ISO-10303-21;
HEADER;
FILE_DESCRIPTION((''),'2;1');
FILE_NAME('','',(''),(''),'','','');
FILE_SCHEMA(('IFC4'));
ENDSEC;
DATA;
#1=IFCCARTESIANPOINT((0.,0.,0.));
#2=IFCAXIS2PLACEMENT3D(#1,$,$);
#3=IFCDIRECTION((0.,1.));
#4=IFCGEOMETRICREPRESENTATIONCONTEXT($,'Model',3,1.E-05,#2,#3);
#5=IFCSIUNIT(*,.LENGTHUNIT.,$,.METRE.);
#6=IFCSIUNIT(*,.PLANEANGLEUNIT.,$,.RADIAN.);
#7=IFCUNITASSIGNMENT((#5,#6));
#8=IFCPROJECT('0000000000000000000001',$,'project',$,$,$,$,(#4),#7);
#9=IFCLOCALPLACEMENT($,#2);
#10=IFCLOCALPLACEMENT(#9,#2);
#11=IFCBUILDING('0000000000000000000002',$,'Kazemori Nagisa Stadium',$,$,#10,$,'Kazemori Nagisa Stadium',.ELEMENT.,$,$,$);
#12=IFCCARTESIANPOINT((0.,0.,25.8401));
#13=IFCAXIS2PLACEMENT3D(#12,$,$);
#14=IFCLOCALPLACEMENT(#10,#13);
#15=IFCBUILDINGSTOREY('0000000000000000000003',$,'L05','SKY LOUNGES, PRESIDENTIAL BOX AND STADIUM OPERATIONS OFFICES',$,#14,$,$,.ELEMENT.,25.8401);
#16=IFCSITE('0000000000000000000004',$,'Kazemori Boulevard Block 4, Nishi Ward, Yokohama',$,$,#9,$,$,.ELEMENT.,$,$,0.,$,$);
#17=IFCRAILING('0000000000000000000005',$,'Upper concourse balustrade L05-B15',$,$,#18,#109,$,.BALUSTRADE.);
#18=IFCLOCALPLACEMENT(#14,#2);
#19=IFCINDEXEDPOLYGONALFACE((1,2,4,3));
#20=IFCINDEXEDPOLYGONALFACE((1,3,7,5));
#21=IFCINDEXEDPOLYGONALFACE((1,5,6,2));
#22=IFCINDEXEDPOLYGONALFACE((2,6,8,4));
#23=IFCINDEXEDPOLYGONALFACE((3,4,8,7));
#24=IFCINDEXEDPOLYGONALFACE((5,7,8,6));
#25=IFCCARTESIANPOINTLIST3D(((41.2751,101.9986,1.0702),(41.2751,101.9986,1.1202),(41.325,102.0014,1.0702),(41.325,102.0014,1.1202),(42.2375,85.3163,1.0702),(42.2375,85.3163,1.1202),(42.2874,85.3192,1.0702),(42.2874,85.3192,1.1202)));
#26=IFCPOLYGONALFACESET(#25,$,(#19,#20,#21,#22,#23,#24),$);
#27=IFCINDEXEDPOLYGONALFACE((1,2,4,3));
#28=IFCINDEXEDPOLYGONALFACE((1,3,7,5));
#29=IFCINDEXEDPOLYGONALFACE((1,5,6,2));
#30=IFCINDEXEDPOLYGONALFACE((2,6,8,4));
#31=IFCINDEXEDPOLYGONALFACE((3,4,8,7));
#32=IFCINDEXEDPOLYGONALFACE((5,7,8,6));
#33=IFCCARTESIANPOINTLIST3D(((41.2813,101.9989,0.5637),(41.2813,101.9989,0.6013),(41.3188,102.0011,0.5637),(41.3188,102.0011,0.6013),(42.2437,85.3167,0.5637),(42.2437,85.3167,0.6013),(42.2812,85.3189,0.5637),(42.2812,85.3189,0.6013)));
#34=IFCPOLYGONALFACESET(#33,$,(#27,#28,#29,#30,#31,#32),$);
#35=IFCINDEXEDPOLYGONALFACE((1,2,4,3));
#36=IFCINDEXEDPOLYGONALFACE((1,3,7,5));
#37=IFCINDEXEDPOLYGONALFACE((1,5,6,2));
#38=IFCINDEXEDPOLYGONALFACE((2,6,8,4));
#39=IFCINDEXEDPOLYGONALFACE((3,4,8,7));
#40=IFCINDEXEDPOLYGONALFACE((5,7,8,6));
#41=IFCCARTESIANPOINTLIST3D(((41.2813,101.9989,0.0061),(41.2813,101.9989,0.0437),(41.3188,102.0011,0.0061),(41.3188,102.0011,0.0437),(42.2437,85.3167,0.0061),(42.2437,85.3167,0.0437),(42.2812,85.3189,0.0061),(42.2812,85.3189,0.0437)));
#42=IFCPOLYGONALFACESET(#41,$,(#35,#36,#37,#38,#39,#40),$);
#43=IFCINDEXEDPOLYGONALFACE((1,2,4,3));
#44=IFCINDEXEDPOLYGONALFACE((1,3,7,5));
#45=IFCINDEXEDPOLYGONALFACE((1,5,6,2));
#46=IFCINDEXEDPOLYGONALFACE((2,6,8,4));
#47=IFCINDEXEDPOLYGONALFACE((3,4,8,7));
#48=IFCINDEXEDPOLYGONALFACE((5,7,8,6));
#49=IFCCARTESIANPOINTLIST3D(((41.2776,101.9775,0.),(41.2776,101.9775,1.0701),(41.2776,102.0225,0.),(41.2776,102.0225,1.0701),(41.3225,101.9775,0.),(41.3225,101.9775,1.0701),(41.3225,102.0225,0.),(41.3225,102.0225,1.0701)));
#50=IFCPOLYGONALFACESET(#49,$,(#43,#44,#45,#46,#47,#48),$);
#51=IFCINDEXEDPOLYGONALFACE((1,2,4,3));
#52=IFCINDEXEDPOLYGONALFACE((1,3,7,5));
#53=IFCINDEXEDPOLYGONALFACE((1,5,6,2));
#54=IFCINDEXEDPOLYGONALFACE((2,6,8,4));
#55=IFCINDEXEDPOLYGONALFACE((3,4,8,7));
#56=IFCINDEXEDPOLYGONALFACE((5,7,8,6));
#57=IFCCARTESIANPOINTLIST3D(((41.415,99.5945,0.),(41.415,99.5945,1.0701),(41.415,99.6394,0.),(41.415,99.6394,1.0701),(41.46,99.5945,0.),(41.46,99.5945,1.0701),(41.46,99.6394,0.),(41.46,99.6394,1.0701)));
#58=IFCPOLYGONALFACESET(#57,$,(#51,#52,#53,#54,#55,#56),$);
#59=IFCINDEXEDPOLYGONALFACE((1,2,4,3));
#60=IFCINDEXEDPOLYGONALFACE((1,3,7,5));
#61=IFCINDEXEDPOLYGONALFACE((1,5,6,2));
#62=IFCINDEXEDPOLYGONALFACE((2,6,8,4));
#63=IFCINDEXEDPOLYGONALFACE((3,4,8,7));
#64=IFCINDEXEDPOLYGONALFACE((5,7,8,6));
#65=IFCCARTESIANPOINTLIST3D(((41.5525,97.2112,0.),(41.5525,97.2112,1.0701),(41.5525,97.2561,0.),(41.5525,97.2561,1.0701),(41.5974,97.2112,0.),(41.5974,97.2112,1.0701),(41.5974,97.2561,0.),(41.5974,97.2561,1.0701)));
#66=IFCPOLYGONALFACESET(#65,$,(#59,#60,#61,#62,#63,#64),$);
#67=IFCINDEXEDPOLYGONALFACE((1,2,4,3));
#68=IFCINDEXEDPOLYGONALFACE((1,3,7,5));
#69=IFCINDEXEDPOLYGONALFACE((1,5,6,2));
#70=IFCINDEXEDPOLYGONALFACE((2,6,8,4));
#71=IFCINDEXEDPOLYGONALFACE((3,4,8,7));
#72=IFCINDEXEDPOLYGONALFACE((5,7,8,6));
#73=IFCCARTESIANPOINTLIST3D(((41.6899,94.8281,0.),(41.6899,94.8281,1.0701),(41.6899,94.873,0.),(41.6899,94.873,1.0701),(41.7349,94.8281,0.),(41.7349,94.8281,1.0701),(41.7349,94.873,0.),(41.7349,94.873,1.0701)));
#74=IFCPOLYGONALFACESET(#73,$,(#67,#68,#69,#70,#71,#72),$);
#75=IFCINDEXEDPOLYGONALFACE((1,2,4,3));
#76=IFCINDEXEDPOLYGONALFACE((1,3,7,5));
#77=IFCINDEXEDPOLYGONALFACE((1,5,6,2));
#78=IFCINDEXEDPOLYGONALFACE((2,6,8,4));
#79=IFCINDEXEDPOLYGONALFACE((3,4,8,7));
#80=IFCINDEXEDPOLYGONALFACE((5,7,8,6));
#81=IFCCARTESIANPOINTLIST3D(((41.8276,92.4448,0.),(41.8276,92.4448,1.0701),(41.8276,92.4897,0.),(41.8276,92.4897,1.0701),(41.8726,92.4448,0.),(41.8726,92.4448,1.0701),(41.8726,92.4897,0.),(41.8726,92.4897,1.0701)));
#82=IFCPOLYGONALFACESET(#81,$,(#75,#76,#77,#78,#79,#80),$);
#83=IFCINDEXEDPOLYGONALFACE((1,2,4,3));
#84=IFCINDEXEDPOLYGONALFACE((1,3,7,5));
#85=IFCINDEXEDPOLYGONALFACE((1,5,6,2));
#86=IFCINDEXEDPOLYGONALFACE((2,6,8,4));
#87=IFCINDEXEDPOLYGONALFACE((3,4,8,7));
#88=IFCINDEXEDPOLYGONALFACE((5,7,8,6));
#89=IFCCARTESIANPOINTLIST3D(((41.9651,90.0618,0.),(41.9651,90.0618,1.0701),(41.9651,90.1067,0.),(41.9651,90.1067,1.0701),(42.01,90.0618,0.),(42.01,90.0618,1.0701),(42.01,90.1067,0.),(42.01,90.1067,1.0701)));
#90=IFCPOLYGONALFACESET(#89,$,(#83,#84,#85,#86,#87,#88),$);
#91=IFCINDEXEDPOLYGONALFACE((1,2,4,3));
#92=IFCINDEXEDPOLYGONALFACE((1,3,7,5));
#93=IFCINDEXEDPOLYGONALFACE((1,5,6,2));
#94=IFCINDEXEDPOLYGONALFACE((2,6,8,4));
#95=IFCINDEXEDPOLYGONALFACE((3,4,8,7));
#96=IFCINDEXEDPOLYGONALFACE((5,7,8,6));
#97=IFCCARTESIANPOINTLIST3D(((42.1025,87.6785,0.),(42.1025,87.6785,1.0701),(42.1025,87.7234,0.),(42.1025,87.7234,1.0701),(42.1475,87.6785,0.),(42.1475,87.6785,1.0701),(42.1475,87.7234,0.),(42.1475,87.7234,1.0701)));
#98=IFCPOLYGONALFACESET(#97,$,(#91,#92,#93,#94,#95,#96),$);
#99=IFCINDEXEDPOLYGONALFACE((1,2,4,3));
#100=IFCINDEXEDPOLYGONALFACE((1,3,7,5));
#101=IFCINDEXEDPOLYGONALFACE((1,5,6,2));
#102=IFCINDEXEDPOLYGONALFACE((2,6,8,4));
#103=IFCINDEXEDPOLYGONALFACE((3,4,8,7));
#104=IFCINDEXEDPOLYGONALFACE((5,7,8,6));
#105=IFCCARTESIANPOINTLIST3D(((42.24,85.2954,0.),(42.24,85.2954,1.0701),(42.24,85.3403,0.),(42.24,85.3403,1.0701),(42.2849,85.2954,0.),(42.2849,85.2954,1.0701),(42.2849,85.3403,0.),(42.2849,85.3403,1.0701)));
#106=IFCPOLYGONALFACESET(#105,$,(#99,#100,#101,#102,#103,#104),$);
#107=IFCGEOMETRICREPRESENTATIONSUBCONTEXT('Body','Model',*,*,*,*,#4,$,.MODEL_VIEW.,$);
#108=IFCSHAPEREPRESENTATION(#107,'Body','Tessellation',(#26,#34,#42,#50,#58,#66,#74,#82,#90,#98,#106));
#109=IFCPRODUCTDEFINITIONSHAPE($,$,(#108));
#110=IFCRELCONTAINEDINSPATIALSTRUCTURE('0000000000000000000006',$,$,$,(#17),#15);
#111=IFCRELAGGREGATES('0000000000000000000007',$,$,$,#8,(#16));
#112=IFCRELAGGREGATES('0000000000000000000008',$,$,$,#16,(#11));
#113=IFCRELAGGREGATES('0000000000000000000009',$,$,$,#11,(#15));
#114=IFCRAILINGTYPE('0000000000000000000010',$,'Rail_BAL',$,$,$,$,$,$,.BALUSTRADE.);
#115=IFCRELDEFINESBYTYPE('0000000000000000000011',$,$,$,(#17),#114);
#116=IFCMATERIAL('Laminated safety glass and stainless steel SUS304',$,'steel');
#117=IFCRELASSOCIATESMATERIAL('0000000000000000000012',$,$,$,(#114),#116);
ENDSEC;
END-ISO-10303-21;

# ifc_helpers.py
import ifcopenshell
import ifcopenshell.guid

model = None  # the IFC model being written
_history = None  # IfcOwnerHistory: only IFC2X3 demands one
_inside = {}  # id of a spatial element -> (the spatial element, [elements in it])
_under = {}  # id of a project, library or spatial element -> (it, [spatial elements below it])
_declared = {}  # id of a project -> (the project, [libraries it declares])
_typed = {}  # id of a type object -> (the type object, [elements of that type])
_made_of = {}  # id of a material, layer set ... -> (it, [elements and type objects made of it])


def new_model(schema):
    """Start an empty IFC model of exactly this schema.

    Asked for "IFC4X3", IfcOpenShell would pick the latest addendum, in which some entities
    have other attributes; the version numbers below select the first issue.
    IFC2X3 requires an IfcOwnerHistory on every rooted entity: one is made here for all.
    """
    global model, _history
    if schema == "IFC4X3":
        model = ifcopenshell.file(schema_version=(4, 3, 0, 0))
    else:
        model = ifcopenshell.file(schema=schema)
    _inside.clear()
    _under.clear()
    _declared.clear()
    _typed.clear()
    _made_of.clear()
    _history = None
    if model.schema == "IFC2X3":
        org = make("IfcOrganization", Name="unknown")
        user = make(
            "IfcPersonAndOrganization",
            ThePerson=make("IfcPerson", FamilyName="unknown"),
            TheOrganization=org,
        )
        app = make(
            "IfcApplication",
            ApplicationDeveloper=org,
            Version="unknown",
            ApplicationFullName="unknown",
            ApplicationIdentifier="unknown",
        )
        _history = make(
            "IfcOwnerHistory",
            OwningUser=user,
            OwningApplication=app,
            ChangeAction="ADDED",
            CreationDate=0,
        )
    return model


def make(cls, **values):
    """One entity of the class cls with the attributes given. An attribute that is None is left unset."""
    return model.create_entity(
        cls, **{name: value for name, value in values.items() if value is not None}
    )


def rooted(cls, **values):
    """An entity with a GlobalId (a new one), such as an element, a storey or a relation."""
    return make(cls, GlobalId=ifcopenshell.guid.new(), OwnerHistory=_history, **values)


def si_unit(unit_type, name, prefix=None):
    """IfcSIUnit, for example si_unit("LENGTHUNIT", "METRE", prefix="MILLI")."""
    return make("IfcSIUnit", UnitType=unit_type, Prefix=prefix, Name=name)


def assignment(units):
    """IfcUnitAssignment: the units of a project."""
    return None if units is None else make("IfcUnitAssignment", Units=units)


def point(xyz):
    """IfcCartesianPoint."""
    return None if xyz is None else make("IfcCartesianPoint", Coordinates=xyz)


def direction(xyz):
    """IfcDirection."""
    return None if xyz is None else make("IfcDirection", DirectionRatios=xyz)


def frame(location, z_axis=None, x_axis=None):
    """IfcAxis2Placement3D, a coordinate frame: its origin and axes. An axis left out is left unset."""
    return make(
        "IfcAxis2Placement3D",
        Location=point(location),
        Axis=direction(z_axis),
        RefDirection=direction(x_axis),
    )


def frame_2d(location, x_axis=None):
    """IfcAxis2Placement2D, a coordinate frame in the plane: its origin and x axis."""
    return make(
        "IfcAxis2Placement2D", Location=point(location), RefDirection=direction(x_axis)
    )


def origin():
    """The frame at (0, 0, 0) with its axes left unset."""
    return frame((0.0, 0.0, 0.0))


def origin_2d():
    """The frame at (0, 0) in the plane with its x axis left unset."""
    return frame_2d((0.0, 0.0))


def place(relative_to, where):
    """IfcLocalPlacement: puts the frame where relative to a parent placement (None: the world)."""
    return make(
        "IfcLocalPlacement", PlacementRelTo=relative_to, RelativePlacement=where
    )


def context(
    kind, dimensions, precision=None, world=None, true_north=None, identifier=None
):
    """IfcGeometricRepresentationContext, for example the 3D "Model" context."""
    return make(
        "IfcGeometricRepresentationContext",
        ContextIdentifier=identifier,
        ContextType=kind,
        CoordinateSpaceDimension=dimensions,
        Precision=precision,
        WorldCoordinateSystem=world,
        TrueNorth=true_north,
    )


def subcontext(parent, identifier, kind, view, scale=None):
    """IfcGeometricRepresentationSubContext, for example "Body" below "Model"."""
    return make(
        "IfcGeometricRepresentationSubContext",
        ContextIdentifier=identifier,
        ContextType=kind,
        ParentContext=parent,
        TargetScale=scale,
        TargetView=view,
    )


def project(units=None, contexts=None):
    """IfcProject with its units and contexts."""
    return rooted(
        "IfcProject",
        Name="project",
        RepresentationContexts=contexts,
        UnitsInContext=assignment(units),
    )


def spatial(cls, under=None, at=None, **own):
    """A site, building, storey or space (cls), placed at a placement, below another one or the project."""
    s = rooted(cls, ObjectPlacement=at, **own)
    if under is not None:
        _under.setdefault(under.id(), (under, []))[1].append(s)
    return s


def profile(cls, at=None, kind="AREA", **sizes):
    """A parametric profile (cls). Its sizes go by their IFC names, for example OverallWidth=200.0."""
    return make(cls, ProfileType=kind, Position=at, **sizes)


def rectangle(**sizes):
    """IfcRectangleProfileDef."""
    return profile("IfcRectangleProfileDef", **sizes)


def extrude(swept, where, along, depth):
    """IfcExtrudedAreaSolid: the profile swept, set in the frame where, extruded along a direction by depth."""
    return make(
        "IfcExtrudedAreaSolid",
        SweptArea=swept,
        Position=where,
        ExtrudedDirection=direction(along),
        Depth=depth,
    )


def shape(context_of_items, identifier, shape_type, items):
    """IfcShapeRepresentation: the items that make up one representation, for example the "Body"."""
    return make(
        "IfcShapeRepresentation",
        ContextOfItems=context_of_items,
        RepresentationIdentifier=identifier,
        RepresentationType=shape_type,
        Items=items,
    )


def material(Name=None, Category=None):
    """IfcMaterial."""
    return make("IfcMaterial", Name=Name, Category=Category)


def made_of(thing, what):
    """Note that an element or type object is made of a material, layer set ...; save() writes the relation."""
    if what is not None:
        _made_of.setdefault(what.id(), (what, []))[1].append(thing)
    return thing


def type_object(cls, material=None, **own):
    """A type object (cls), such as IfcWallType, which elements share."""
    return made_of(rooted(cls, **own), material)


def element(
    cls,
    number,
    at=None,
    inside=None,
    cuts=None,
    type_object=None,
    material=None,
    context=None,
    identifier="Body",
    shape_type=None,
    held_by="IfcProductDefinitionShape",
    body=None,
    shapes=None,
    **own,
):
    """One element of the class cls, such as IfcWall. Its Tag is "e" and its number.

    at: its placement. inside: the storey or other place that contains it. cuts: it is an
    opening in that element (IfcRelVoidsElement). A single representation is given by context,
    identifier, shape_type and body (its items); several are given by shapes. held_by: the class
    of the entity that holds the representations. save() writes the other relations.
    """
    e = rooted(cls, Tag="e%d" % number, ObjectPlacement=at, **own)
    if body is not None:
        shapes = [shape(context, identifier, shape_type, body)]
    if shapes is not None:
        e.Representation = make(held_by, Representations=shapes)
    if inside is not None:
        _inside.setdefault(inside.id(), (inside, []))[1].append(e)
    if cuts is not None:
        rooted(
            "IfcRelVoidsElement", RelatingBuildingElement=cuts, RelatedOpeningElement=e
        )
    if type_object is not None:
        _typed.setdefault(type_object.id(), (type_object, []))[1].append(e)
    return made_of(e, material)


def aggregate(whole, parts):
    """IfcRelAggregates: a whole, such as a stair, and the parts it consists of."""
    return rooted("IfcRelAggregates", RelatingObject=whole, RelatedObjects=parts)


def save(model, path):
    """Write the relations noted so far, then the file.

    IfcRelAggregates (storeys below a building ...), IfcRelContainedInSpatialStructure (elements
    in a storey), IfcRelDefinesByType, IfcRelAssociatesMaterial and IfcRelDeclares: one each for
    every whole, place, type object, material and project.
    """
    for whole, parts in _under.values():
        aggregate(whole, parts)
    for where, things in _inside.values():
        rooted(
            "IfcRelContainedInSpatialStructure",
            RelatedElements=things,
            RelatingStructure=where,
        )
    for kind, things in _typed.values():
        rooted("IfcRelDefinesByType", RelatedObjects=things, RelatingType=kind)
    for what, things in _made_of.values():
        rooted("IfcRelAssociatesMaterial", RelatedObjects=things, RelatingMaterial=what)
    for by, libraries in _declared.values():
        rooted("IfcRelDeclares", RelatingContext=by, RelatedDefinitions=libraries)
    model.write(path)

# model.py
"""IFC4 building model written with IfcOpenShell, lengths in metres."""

from ifc_helpers import new_model, si_unit, direction, frame, origin, origin_2d, place, context, subcontext, project, spatial, rectangle, extrude, material, type_object, element, save


model = new_model("IFC4")

# Units and contexts
model_context = context("Model", 3, precision=1e-05, world=origin(), true_north=direction((0.0, 1.0)))
body_context = subcontext(model_context, "Body", "Model", "MODEL_VIEW")
ifc_project = project(units=[si_unit("LENGTHUNIT", "METRE"), si_unit("PLANEANGLEUNIT", "RADIAN")], contexts=[model_context])

# Site, building, storey
site_placement = place(None, origin())
site = spatial("IfcSite", under=ifc_project, at=site_placement, Name="Kazemori Boulevard Block 4, Nishi Ward, Yokohama", CompositionType="ELEMENT", RefElevation=0.0)
building_placement = place(site_placement, origin())
building = spatial("IfcBuilding", under=site, at=building_placement, Name="Kazemori Nagisa Stadium", LongName="Kazemori Nagisa Stadium", CompositionType="ELEMENT")
storey_placement = place(building_placement, frame((0.0, 0.0, 25.8401)))
storey = spatial("IfcBuildingStorey", under=building, at=storey_placement, Name="L05", Description="SKY LOUNGES, PRESIDENTIAL BOX AND STADIUM OPERATIONS OFFICES", CompositionType="ELEMENT", Elevation=25.8401)

# Railing
ifc_material_1 = material(Name="Laminated safety glass and stainless steel SUS304", Category="steel")
railing_type = type_object("IfcRailingType", Name="Rail_BAL", PredefinedType="BALUSTRADE", material=ifc_material_1)
railing_1_placement = place(storey_placement, frame((41.3, 102.0, 0.0)))
element("IfcRailing", 1, at=railing_1_placement, inside=storey, type_object=railing_type, Name="Upper concourse balustrade L05-B15", PredefinedType="BALUSTRADE", context=body_context, shape_type="SweptSolid", body=[
    extrude(rectangle(XDim=0.05, YDim=0.05, at=origin_2d()), frame((0.0, 0.0, 1.0952), z_axis=(0.057595, -0.99834, 0.0), x_axis=(0.99834, 0.057595, 0.0)), (0.0, 0.0, 1.0), 16.71),
    extrude(rectangle(XDim=0.0376, YDim=0.0376, at=origin_2d()), frame((0.0, 0.0, 0.5825), z_axis=(0.057595, -0.99834, 0.0), x_axis=(0.99834, 0.057595, 0.0)), (0.0, 0.0, 1.0), 16.71),
    extrude(rectangle(XDim=0.0376, YDim=0.0376, at=origin_2d()), frame((0.0, 0.0, 0.0249), z_axis=(0.057595, -0.99834, 0.0), x_axis=(0.99834, 0.057595, 0.0)), (0.0, 0.0, 1.0), 16.71),
    extrude(rectangle(XDim=0.0449, YDim=0.0449, at=origin_2d()), origin(), (0.0, 0.0, 1.0), 1.0701),
    extrude(rectangle(XDim=0.0449, YDim=0.0449, at=origin_2d()), frame((0.1375, -2.3831, 0.0)), (0.0, 0.0, 1.0), 1.0701),
    extrude(rectangle(XDim=0.0449, YDim=0.0449, at=origin_2d()), frame((0.2749, -4.7664, 0.0)), (0.0, 0.0, 1.0), 1.0701),
    extrude(rectangle(XDim=0.0449, YDim=0.0449, at=origin_2d()), frame((0.4124, -7.1494, 0.0)), (0.0, 0.0, 1.0), 1.0701),
    extrude(rectangle(XDim=0.0449, YDim=0.0449, at=origin_2d()), frame((0.55, -9.5327, 0.0)), (0.0, 0.0, 1.0), 1.0701),
    extrude(rectangle(XDim=0.0449, YDim=0.0449, at=origin_2d()), frame((0.6875, -11.9158, 0.0)), (0.0, 0.0, 1.0), 1.0701),
    extrude(rectangle(XDim=0.0449, YDim=0.0449, at=origin_2d()), frame((0.825, -14.2991, 0.0)), (0.0, 0.0, 1.0), 1.0701),
    extrude(rectangle(XDim=0.0449, YDim=0.0449, at=origin_2d()), frame((0.9624, -16.6821, 0.0)), (0.0, 0.0, 1.0), 1.0701),
])

save(model, "model.ifc")
